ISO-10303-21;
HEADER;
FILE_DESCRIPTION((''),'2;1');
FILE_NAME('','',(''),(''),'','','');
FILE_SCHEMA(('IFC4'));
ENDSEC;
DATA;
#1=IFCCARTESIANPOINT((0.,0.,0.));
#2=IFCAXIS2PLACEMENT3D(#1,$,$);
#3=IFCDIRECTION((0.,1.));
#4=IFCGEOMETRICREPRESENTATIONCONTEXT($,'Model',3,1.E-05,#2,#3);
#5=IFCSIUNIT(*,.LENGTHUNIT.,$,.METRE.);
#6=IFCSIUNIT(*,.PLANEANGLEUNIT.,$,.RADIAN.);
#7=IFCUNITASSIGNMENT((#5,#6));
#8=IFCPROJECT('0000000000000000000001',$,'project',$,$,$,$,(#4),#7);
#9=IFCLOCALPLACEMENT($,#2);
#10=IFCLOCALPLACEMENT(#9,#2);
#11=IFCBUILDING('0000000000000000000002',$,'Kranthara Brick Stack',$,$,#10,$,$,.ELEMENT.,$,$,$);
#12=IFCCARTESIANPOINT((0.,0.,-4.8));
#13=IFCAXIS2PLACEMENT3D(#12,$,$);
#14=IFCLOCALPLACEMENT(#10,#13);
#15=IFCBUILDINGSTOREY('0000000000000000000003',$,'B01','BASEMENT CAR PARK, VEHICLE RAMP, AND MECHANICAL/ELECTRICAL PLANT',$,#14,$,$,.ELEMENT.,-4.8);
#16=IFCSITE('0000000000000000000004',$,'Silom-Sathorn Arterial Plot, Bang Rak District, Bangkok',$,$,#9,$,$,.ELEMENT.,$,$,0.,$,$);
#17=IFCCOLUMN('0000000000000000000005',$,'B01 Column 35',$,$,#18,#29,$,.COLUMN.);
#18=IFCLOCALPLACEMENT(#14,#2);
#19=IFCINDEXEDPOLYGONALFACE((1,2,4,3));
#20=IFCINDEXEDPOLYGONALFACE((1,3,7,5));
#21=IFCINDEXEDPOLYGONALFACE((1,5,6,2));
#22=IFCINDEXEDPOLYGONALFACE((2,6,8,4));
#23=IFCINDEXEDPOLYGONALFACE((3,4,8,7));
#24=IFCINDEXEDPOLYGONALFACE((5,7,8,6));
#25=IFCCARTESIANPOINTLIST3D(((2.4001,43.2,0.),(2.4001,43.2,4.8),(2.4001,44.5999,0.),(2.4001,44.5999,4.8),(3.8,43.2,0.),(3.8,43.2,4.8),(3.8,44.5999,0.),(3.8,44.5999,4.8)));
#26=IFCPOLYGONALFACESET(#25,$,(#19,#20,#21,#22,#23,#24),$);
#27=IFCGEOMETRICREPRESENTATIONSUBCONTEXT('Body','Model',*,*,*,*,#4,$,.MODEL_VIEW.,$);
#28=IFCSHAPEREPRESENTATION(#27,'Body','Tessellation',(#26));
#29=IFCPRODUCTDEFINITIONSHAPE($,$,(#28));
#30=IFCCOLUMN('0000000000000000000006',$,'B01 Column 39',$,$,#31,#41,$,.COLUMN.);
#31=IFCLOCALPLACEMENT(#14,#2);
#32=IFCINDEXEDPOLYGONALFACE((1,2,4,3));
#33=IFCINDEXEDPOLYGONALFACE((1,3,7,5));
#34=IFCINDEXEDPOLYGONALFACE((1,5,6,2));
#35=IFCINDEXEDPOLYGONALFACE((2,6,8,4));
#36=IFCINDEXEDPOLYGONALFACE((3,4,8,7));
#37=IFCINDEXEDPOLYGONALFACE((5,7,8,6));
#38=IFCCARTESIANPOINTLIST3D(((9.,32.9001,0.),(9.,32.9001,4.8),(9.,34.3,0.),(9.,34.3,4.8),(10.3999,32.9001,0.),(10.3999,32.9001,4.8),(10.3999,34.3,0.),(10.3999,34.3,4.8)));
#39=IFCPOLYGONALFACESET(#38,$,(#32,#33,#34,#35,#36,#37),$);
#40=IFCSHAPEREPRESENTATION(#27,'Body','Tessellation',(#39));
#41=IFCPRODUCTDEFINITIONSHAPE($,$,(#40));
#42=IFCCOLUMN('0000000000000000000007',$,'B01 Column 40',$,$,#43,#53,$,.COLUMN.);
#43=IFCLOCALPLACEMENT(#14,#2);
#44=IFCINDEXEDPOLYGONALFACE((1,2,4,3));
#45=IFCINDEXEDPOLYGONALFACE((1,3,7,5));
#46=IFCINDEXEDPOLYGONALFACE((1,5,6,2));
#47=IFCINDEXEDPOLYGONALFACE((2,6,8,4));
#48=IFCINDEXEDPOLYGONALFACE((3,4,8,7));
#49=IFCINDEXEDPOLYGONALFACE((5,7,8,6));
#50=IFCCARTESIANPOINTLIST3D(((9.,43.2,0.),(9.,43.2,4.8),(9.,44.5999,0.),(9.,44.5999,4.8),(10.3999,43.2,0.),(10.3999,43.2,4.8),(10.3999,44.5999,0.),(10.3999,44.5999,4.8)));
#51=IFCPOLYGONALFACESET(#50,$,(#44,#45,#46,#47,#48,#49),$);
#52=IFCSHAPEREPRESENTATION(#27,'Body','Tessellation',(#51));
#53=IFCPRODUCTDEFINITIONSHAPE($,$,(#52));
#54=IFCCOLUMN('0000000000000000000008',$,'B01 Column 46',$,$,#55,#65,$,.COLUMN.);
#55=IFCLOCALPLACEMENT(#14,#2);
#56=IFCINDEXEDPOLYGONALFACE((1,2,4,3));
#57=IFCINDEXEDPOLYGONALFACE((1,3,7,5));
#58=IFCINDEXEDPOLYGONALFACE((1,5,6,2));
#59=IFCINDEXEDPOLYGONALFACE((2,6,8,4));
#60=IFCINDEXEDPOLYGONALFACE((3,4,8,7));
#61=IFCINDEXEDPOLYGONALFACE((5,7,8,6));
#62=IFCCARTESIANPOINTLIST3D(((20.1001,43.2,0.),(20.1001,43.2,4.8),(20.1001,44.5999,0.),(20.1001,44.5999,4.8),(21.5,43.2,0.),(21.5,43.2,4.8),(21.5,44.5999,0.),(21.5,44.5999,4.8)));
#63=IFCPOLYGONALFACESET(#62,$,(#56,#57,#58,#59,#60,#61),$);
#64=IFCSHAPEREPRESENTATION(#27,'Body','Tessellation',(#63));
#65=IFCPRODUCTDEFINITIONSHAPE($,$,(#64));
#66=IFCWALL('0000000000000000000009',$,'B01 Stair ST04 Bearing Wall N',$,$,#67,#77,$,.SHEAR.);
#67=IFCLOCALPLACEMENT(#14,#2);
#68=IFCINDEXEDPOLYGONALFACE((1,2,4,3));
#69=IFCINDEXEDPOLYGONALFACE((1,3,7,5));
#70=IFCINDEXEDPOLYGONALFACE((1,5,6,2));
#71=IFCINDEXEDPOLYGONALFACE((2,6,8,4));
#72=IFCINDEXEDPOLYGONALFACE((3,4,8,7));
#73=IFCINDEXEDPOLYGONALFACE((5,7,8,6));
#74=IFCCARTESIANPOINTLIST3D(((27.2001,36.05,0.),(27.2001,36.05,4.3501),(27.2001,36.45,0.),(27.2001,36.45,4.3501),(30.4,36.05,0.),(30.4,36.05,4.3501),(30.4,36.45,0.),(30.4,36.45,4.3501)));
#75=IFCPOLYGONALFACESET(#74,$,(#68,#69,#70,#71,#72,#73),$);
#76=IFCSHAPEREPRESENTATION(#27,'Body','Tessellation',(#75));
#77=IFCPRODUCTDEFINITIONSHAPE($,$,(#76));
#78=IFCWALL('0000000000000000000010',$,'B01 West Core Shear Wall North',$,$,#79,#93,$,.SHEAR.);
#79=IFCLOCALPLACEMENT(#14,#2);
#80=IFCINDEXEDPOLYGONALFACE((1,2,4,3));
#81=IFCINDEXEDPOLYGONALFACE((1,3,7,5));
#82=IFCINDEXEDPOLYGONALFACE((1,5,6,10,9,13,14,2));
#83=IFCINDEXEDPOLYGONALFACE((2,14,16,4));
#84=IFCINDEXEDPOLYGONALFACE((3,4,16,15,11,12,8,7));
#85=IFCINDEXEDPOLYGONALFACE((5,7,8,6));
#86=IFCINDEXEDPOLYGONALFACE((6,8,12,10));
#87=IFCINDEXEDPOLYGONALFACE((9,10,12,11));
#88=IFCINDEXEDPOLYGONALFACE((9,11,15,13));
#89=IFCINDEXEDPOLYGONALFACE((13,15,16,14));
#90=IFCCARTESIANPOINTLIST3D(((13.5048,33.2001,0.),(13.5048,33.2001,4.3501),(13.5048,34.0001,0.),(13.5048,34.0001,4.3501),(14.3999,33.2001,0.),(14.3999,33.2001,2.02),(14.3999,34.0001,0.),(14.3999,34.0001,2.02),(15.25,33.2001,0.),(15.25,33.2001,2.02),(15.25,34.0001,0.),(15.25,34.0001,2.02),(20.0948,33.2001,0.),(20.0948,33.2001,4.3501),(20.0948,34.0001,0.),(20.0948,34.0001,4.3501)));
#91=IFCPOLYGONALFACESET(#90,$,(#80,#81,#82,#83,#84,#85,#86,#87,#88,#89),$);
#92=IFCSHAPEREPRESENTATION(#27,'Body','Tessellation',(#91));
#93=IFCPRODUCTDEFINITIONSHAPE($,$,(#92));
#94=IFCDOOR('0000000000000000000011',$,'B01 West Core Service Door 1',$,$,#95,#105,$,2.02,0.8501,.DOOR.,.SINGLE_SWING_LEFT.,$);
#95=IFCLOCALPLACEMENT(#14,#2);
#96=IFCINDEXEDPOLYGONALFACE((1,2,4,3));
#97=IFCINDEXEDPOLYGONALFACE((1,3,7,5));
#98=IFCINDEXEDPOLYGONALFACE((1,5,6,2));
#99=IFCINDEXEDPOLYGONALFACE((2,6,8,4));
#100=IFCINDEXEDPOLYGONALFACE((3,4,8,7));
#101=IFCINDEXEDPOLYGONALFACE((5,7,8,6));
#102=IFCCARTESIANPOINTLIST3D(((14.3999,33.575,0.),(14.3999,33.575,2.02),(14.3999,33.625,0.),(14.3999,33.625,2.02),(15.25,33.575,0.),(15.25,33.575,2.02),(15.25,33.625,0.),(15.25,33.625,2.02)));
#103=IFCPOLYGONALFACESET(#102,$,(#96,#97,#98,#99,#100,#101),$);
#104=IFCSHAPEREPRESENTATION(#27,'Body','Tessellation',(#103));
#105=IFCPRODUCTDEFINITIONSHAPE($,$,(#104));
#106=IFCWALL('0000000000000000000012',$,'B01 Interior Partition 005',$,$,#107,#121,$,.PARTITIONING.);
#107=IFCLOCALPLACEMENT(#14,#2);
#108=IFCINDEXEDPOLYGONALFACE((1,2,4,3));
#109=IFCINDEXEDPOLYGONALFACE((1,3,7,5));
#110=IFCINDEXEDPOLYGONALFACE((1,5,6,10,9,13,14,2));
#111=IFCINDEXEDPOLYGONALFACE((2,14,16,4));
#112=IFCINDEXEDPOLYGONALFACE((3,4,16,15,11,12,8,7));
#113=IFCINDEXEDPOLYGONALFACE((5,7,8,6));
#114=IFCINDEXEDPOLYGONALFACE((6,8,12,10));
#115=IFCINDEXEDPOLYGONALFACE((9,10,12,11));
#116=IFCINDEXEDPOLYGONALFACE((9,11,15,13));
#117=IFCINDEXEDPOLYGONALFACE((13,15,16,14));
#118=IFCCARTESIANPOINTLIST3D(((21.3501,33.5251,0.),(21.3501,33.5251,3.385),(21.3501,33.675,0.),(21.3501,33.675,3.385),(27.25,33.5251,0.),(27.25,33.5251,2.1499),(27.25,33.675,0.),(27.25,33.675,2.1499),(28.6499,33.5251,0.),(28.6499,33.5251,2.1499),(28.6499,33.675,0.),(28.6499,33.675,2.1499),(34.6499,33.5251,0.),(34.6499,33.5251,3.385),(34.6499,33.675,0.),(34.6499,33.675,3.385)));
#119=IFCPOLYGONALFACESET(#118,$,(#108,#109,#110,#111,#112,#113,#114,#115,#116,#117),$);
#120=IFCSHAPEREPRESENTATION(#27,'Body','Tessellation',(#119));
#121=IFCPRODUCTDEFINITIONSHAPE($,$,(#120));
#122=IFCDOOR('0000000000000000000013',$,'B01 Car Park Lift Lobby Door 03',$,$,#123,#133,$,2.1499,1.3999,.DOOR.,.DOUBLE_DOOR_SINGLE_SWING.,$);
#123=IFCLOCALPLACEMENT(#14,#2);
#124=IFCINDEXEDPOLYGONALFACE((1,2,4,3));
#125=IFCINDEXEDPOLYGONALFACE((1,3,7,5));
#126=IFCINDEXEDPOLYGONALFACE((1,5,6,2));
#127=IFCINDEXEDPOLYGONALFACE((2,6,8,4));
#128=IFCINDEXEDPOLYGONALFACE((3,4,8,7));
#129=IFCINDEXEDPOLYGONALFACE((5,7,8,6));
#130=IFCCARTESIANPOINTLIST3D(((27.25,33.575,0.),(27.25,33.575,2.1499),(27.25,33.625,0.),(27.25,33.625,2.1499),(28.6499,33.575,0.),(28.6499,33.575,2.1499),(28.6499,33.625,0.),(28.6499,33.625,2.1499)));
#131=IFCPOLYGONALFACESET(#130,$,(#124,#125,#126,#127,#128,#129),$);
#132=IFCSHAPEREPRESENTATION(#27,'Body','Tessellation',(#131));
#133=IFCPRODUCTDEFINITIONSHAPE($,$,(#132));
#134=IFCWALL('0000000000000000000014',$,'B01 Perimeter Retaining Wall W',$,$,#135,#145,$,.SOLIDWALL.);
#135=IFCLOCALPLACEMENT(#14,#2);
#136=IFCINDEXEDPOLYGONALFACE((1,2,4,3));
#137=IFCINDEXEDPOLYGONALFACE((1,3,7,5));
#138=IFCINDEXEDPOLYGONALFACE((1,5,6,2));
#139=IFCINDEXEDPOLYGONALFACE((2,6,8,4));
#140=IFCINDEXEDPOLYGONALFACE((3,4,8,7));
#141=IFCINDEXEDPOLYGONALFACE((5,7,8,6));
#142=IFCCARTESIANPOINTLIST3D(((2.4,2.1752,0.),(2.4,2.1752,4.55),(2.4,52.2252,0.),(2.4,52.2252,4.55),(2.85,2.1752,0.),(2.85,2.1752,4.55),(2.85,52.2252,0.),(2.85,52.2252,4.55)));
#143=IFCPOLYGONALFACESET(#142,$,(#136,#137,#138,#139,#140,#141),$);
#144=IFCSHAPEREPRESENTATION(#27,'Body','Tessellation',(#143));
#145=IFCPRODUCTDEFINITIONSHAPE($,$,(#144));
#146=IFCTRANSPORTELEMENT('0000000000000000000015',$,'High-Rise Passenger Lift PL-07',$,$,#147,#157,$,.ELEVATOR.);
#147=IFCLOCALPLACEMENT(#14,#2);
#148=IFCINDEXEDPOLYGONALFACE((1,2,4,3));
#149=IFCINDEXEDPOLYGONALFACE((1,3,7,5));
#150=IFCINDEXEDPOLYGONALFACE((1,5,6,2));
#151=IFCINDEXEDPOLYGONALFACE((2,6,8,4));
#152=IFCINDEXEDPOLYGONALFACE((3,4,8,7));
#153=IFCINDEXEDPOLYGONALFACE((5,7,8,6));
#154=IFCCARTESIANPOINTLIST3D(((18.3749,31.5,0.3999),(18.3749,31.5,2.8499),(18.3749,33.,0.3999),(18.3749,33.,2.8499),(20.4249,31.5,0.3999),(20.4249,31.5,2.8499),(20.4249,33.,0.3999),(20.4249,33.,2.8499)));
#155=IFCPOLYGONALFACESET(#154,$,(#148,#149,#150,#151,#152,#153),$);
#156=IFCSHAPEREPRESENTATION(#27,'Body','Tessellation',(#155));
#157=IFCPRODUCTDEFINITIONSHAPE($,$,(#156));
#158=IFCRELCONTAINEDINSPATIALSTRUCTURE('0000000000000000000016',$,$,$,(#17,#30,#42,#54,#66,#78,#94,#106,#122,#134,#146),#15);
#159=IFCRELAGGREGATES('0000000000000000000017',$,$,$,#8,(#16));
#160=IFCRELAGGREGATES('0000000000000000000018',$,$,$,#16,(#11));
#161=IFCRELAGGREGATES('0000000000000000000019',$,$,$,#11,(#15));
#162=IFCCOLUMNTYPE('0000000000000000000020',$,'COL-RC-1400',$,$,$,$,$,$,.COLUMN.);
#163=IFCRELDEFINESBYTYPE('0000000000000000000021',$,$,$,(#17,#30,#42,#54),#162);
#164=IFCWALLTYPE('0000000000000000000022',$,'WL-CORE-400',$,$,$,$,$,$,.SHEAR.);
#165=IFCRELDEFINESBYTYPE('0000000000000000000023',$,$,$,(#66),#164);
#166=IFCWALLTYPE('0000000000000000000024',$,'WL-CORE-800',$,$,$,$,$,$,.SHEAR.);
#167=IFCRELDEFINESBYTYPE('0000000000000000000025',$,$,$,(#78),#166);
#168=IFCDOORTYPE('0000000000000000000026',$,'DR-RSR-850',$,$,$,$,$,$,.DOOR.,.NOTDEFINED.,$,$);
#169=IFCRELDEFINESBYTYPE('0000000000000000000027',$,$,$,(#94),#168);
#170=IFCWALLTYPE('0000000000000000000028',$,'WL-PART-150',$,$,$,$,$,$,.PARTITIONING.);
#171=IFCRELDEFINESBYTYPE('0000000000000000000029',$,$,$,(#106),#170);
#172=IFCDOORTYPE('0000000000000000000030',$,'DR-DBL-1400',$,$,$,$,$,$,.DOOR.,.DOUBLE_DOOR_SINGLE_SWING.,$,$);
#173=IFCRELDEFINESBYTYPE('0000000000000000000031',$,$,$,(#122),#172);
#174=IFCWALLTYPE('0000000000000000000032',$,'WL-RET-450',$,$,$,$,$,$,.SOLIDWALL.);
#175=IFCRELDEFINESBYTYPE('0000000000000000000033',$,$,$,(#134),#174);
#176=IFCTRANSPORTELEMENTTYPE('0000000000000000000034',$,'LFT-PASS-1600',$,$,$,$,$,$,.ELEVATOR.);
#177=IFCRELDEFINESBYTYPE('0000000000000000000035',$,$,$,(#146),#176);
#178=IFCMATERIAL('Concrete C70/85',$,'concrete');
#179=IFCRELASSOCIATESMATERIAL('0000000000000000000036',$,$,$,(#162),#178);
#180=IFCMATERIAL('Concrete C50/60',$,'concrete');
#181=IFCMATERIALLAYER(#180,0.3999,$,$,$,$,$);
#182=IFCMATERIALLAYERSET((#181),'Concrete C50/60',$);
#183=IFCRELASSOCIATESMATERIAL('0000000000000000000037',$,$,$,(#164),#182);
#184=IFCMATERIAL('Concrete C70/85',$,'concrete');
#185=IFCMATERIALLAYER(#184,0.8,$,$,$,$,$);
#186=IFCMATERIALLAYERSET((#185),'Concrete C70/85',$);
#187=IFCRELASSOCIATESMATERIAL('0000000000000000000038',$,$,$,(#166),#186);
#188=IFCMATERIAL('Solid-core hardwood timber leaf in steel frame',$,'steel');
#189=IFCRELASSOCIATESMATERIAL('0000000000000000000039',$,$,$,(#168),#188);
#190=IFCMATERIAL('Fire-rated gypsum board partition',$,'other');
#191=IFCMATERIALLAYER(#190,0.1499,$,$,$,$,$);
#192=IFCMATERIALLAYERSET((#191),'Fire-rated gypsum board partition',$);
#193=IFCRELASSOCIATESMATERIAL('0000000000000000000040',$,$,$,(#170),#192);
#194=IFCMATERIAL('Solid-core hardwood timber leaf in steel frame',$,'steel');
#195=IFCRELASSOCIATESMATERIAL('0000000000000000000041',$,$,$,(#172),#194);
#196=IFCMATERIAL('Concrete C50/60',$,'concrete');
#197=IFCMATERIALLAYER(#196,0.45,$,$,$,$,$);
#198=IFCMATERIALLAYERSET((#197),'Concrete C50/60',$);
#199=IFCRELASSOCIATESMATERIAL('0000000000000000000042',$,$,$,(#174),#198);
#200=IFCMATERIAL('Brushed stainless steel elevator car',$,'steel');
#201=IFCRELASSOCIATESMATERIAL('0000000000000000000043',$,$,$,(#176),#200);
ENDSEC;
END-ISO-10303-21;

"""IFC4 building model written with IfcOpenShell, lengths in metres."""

from ifc_helpers import new_model, si_unit, direction, frame, frame_2d, origin, origin_2d, place, context, subcontext, project, spatial, rectangle, extrude, material, layer, layer_set, material_profile, profile_set, type_object, element, fill, save


model = new_model("IFC4")

# Units and contexts
model_context = context("Model", 3, precision=1e-05, world=origin(), true_north=direction((0.0, 1.0)))
body_context = subcontext(model_context, "Body", "Model", "MODEL_VIEW")
ifc_project = project(units=[si_unit("LENGTHUNIT", "METRE"), si_unit("PLANEANGLEUNIT", "RADIAN")], contexts=[model_context])

# Site, building, storey
site_placement = place(None, origin())
site = spatial("IfcSite", under=ifc_project, at=site_placement, Name="Silom-Sathorn Arterial Plot, Bang Rak District, Bangkok", CompositionType="ELEMENT", RefElevation=0.0)
building_placement = place(site_placement, origin())
building = spatial("IfcBuilding", under=site, at=building_placement, Name="Kranthara Brick Stack", CompositionType="ELEMENT")
storey_placement = place(building_placement, frame((0.0, 0.0, -4.8)))
storey = spatial("IfcBuildingStorey", under=building, at=storey_placement, Name="B01", Description="BASEMENT CAR PARK, VEHICLE RAMP, AND MECHANICAL/ELECTRICAL PLANT", CompositionType="ELEMENT", Elevation=-4.8)

# Columns
ifc_material_1 = material(Name="Concrete C70/85", Category="concrete")
ifc_material_profile_1 = material_profile(ifc_material_1, rectangle(XDim=1.3999, YDim=1.3999, at=origin_2d()), Name="RC 1400x1400")
ifc_profile_set_1 = profile_set([ifc_material_profile_1], Name="Concrete C70/85")
column_type_1 = type_object("IfcColumnType", Name="COL-RC-1400", PredefinedType="COLUMN", material=ifc_profile_set_1)
for number, where, z_axis, x_axis, name in (
    (1, (3.1001, 43.8999, 0.0), (0.0, 0.0, 1.0), (1.0, 0.0, 0.0), "B01 Column 35"),
    (2, (9.7, 33.6001, 0.0), (0.0, 0.0, 1.0), (1.0, 0.0, 0.0), "B01 Column 39"),
    (3, (9.7, 43.8999, 0.0), (0.0, 0.0, 1.0), (1.0, 0.0, 0.0), "B01 Column 40"),
    (4, (20.8, 43.8999, 0.0), (0.0, 0.0, 1.0), (1.0, 0.0, 0.0), "B01 Column 46"),
):
    element("IfcColumn", number, at=place(storey_placement, frame(where, z_axis=z_axis, x_axis=x_axis)), inside=storey, type_object=column_type_1, Name=name, PredefinedType="COLUMN", context=body_context, shape_type="SweptSolid", body=[
        extrude(rectangle(XDim=1.3999, YDim=1.3999, at=origin_2d()), origin(), (0.0, 0.0, 1.0), 4.8),
    ])

# Wall
ifc_material_2 = material(Name="Concrete C50/60", Category="concrete")
ifc_layer_1 = layer(ifc_material_2, 0.3999)
ifc_layer_set_1 = layer_set([ifc_layer_1], Name="Concrete C50/60")
wall_type_1 = type_object("IfcWallType", Name="WL-CORE-400", PredefinedType="SHEAR", material=ifc_layer_set_1)
wall_1_placement = place(storey_placement, frame((27.2, 36.25, 0.0), z_axis=(0.0, 0.0, 1.0), x_axis=(1.0, 0.0, 0.0)))
element("IfcWall", 5, at=wall_1_placement, inside=storey, type_object=wall_type_1, Name="B01 Stair ST04 Bearing Wall N", PredefinedType="SHEAR", context=body_context, shape_type="SweptSolid", body=[
    extrude(rectangle(XDim=3.2, YDim=0.3999, at=frame_2d((1.6001, 0.0))), origin(), (0.0, 0.0, 1.0), 4.3501),
])

# Walls, openings, doors
ifc_material_3 = material(Name="Concrete C70/85", Category="concrete")
ifc_layer_2 = layer(ifc_material_3, 0.8)
ifc_layer_set_2 = layer_set([ifc_layer_2], Name="Concrete C70/85")
wall_type_2 = type_object("IfcWallType", Name="WL-CORE-800", PredefinedType="SHEAR", material=ifc_layer_set_2)
wall_2_placement = place(storey_placement, frame((13.5049, 33.6001, 0.0), z_axis=(0.0, 0.0, 1.0), x_axis=(1.0, 0.0, 0.0)))
wall_2 = element("IfcWall", 6, at=wall_2_placement, inside=storey, type_object=wall_type_2, Name="B01 West Core Shear Wall North", PredefinedType="SHEAR", context=body_context, shape_type="SweptSolid", body=[
    extrude(rectangle(XDim=6.5901, YDim=0.8, at=frame_2d((3.2949, 0.0))), origin(), (0.0, 0.0, 1.0), 4.3501),
])
opening_1_placement = place(wall_2_placement, frame((0.895, 0.0, 0.0)))
opening_1 = element("IfcOpeningElement", 7, at=opening_1_placement, cuts=wall_2, PredefinedType="OPENING", context=body_context, shape_type="SweptSolid", body=[
    extrude(rectangle(XDim=0.8501, YDim=2.02, at=frame_2d((0.425, 1.01))), frame((0.0, 0.4099, 0.0), z_axis=(0.0, -1.0, 0.0), x_axis=(1.0, 0.0, 0.0)), (0.0, 0.0, 1.0), 0.8201),
])
ifc_material_4 = material(Name="Solid-core hardwood timber leaf in steel frame", Category="steel")
door_type_1 = type_object("IfcDoorType", Name="DR-RSR-850", OperationType="NOTDEFINED", PredefinedType="DOOR", material=ifc_material_4)
door_1_placement = place(opening_1_placement, origin())
door_1 = element("IfcDoor", 8, at=door_1_placement, inside=storey, type_object=door_type_1, Name="B01 West Core Service Door 1", OperationType="SINGLE_SWING_LEFT", OverallHeight=2.02, OverallWidth=0.8501, PredefinedType="DOOR", context=body_context, shape_type="SweptSolid", body=[
    extrude(rectangle(XDim=0.8501, YDim=2.02, at=frame_2d((0.425, 1.01))), frame((0.0, 0.0249, 0.0), z_axis=(0.0, -1.0, 0.0), x_axis=(1.0, 0.0, 0.0)), (0.0, 0.0, 1.0), 0.05),
])
fill(opening_1, door_1)
ifc_material_5 = material(Name="Fire-rated gypsum board partition", Category="other")
ifc_layer_3 = layer(ifc_material_5, 0.1499)
ifc_layer_set_3 = layer_set([ifc_layer_3], Name="Fire-rated gypsum board partition")
wall_type_3 = type_object("IfcWallType", Name="WL-PART-150", PredefinedType="PARTITIONING", material=ifc_layer_set_3)
wall_3_placement = place(storey_placement, frame((21.3501, 33.6001, 0.0), z_axis=(0.0, 0.0, 1.0), x_axis=(1.0, 0.0, 0.0)))
wall_3 = element("IfcWall", 9, at=wall_3_placement, inside=storey, type_object=wall_type_3, Name="B01 Interior Partition 005", PredefinedType="PARTITIONING", context=body_context, shape_type="SweptSolid", body=[
    extrude(rectangle(XDim=13.2998, YDim=0.1499, at=frame_2d((6.6499, 0.0))), origin(), (0.0, 0.0, 1.0), 3.385),
])
opening_2_placement = place(wall_3_placement, frame((5.8999, 0.0, 0.0)))
opening_2 = element("IfcOpeningElement", 10, at=opening_2_placement, cuts=wall_3, PredefinedType="OPENING", context=body_context, shape_type="SweptSolid", body=[
    extrude(rectangle(XDim=1.3999, YDim=2.1499, at=frame_2d((0.7, 1.075))), frame((0.0, 0.085, 0.0), z_axis=(0.0, -1.0, 0.0), x_axis=(1.0, 0.0, 0.0)), (0.0, 0.0, 1.0), 0.1699),
])
ifc_material_6 = material(Name="Solid-core hardwood timber leaf in steel frame", Category="steel")
door_type_2 = type_object("IfcDoorType", Name="DR-DBL-1400", OperationType="DOUBLE_DOOR_SINGLE_SWING", PredefinedType="DOOR", material=ifc_material_6)
door_2_placement = place(opening_2_placement, origin())
door_2 = element("IfcDoor", 11, at=door_2_placement, inside=storey, type_object=door_type_2, Name="B01 Car Park Lift Lobby Door 03", OperationType="DOUBLE_DOOR_SINGLE_SWING", OverallHeight=2.1499, OverallWidth=1.3999, PredefinedType="DOOR", context=body_context, shape_type="SweptSolid", body=[
    extrude(rectangle(XDim=1.3999, YDim=2.1499, at=frame_2d((0.7, 1.075))), frame((0.0, 0.0249, 0.0), z_axis=(0.0, -1.0, 0.0), x_axis=(1.0, 0.0, 0.0)), (0.0, 0.0, 1.0), 0.05),
])
fill(opening_2, door_2)

# Wall
ifc_material_7 = material(Name="Concrete C50/60", Category="concrete")
ifc_layer_4 = layer(ifc_material_7, 0.45)
ifc_layer_set_4 = layer_set([ifc_layer_4], Name="Concrete C50/60")
wall_type_4 = type_object("IfcWallType", Name="WL-RET-450", PredefinedType="SOLIDWALL", material=ifc_layer_set_4)
wall_4_placement = place(storey_placement, frame((2.625, 52.2251, 0.0), z_axis=(0.0, 0.0, 1.0), x_axis=(0.0, -1.0, 0.0)))
element("IfcWall", 12, at=wall_4_placement, inside=storey, type_object=wall_type_4, Name="B01 Perimeter Retaining Wall W", PredefinedType="SOLIDWALL", context=body_context, shape_type="SweptSolid", body=[
    extrude(rectangle(XDim=50.05, YDim=0.45, at=frame_2d((25.0249, 0.0))), origin(), (0.0, 0.0, 1.0), 4.55),
])

# Transport element
ifc_material_8 = material(Name="Brushed stainless steel elevator car", Category="steel")
transport_element_type = type_object("IfcTransportElementType", Name="LFT-PASS-1600", PredefinedType="ELEVATOR", material=ifc_material_8)
transport_element_placement = place(storey_placement, frame((19.3999, 32.25, 0.3999), z_axis=(0.0, 0.0, 1.0), x_axis=(1.0, 0.0, 0.0)))
element("IfcTransportElement", 13, at=transport_element_placement, inside=storey, type_object=transport_element_type, Name="High-Rise Passenger Lift PL-07", PredefinedType="ELEVATOR", context=body_context, shape_type="SweptSolid", body=[
    extrude(rectangle(XDim=2.05, YDim=1.5, at=origin_2d()), origin(), (0.0, 0.0, 1.0), 2.45),
])

save(model, "model.ifc")
